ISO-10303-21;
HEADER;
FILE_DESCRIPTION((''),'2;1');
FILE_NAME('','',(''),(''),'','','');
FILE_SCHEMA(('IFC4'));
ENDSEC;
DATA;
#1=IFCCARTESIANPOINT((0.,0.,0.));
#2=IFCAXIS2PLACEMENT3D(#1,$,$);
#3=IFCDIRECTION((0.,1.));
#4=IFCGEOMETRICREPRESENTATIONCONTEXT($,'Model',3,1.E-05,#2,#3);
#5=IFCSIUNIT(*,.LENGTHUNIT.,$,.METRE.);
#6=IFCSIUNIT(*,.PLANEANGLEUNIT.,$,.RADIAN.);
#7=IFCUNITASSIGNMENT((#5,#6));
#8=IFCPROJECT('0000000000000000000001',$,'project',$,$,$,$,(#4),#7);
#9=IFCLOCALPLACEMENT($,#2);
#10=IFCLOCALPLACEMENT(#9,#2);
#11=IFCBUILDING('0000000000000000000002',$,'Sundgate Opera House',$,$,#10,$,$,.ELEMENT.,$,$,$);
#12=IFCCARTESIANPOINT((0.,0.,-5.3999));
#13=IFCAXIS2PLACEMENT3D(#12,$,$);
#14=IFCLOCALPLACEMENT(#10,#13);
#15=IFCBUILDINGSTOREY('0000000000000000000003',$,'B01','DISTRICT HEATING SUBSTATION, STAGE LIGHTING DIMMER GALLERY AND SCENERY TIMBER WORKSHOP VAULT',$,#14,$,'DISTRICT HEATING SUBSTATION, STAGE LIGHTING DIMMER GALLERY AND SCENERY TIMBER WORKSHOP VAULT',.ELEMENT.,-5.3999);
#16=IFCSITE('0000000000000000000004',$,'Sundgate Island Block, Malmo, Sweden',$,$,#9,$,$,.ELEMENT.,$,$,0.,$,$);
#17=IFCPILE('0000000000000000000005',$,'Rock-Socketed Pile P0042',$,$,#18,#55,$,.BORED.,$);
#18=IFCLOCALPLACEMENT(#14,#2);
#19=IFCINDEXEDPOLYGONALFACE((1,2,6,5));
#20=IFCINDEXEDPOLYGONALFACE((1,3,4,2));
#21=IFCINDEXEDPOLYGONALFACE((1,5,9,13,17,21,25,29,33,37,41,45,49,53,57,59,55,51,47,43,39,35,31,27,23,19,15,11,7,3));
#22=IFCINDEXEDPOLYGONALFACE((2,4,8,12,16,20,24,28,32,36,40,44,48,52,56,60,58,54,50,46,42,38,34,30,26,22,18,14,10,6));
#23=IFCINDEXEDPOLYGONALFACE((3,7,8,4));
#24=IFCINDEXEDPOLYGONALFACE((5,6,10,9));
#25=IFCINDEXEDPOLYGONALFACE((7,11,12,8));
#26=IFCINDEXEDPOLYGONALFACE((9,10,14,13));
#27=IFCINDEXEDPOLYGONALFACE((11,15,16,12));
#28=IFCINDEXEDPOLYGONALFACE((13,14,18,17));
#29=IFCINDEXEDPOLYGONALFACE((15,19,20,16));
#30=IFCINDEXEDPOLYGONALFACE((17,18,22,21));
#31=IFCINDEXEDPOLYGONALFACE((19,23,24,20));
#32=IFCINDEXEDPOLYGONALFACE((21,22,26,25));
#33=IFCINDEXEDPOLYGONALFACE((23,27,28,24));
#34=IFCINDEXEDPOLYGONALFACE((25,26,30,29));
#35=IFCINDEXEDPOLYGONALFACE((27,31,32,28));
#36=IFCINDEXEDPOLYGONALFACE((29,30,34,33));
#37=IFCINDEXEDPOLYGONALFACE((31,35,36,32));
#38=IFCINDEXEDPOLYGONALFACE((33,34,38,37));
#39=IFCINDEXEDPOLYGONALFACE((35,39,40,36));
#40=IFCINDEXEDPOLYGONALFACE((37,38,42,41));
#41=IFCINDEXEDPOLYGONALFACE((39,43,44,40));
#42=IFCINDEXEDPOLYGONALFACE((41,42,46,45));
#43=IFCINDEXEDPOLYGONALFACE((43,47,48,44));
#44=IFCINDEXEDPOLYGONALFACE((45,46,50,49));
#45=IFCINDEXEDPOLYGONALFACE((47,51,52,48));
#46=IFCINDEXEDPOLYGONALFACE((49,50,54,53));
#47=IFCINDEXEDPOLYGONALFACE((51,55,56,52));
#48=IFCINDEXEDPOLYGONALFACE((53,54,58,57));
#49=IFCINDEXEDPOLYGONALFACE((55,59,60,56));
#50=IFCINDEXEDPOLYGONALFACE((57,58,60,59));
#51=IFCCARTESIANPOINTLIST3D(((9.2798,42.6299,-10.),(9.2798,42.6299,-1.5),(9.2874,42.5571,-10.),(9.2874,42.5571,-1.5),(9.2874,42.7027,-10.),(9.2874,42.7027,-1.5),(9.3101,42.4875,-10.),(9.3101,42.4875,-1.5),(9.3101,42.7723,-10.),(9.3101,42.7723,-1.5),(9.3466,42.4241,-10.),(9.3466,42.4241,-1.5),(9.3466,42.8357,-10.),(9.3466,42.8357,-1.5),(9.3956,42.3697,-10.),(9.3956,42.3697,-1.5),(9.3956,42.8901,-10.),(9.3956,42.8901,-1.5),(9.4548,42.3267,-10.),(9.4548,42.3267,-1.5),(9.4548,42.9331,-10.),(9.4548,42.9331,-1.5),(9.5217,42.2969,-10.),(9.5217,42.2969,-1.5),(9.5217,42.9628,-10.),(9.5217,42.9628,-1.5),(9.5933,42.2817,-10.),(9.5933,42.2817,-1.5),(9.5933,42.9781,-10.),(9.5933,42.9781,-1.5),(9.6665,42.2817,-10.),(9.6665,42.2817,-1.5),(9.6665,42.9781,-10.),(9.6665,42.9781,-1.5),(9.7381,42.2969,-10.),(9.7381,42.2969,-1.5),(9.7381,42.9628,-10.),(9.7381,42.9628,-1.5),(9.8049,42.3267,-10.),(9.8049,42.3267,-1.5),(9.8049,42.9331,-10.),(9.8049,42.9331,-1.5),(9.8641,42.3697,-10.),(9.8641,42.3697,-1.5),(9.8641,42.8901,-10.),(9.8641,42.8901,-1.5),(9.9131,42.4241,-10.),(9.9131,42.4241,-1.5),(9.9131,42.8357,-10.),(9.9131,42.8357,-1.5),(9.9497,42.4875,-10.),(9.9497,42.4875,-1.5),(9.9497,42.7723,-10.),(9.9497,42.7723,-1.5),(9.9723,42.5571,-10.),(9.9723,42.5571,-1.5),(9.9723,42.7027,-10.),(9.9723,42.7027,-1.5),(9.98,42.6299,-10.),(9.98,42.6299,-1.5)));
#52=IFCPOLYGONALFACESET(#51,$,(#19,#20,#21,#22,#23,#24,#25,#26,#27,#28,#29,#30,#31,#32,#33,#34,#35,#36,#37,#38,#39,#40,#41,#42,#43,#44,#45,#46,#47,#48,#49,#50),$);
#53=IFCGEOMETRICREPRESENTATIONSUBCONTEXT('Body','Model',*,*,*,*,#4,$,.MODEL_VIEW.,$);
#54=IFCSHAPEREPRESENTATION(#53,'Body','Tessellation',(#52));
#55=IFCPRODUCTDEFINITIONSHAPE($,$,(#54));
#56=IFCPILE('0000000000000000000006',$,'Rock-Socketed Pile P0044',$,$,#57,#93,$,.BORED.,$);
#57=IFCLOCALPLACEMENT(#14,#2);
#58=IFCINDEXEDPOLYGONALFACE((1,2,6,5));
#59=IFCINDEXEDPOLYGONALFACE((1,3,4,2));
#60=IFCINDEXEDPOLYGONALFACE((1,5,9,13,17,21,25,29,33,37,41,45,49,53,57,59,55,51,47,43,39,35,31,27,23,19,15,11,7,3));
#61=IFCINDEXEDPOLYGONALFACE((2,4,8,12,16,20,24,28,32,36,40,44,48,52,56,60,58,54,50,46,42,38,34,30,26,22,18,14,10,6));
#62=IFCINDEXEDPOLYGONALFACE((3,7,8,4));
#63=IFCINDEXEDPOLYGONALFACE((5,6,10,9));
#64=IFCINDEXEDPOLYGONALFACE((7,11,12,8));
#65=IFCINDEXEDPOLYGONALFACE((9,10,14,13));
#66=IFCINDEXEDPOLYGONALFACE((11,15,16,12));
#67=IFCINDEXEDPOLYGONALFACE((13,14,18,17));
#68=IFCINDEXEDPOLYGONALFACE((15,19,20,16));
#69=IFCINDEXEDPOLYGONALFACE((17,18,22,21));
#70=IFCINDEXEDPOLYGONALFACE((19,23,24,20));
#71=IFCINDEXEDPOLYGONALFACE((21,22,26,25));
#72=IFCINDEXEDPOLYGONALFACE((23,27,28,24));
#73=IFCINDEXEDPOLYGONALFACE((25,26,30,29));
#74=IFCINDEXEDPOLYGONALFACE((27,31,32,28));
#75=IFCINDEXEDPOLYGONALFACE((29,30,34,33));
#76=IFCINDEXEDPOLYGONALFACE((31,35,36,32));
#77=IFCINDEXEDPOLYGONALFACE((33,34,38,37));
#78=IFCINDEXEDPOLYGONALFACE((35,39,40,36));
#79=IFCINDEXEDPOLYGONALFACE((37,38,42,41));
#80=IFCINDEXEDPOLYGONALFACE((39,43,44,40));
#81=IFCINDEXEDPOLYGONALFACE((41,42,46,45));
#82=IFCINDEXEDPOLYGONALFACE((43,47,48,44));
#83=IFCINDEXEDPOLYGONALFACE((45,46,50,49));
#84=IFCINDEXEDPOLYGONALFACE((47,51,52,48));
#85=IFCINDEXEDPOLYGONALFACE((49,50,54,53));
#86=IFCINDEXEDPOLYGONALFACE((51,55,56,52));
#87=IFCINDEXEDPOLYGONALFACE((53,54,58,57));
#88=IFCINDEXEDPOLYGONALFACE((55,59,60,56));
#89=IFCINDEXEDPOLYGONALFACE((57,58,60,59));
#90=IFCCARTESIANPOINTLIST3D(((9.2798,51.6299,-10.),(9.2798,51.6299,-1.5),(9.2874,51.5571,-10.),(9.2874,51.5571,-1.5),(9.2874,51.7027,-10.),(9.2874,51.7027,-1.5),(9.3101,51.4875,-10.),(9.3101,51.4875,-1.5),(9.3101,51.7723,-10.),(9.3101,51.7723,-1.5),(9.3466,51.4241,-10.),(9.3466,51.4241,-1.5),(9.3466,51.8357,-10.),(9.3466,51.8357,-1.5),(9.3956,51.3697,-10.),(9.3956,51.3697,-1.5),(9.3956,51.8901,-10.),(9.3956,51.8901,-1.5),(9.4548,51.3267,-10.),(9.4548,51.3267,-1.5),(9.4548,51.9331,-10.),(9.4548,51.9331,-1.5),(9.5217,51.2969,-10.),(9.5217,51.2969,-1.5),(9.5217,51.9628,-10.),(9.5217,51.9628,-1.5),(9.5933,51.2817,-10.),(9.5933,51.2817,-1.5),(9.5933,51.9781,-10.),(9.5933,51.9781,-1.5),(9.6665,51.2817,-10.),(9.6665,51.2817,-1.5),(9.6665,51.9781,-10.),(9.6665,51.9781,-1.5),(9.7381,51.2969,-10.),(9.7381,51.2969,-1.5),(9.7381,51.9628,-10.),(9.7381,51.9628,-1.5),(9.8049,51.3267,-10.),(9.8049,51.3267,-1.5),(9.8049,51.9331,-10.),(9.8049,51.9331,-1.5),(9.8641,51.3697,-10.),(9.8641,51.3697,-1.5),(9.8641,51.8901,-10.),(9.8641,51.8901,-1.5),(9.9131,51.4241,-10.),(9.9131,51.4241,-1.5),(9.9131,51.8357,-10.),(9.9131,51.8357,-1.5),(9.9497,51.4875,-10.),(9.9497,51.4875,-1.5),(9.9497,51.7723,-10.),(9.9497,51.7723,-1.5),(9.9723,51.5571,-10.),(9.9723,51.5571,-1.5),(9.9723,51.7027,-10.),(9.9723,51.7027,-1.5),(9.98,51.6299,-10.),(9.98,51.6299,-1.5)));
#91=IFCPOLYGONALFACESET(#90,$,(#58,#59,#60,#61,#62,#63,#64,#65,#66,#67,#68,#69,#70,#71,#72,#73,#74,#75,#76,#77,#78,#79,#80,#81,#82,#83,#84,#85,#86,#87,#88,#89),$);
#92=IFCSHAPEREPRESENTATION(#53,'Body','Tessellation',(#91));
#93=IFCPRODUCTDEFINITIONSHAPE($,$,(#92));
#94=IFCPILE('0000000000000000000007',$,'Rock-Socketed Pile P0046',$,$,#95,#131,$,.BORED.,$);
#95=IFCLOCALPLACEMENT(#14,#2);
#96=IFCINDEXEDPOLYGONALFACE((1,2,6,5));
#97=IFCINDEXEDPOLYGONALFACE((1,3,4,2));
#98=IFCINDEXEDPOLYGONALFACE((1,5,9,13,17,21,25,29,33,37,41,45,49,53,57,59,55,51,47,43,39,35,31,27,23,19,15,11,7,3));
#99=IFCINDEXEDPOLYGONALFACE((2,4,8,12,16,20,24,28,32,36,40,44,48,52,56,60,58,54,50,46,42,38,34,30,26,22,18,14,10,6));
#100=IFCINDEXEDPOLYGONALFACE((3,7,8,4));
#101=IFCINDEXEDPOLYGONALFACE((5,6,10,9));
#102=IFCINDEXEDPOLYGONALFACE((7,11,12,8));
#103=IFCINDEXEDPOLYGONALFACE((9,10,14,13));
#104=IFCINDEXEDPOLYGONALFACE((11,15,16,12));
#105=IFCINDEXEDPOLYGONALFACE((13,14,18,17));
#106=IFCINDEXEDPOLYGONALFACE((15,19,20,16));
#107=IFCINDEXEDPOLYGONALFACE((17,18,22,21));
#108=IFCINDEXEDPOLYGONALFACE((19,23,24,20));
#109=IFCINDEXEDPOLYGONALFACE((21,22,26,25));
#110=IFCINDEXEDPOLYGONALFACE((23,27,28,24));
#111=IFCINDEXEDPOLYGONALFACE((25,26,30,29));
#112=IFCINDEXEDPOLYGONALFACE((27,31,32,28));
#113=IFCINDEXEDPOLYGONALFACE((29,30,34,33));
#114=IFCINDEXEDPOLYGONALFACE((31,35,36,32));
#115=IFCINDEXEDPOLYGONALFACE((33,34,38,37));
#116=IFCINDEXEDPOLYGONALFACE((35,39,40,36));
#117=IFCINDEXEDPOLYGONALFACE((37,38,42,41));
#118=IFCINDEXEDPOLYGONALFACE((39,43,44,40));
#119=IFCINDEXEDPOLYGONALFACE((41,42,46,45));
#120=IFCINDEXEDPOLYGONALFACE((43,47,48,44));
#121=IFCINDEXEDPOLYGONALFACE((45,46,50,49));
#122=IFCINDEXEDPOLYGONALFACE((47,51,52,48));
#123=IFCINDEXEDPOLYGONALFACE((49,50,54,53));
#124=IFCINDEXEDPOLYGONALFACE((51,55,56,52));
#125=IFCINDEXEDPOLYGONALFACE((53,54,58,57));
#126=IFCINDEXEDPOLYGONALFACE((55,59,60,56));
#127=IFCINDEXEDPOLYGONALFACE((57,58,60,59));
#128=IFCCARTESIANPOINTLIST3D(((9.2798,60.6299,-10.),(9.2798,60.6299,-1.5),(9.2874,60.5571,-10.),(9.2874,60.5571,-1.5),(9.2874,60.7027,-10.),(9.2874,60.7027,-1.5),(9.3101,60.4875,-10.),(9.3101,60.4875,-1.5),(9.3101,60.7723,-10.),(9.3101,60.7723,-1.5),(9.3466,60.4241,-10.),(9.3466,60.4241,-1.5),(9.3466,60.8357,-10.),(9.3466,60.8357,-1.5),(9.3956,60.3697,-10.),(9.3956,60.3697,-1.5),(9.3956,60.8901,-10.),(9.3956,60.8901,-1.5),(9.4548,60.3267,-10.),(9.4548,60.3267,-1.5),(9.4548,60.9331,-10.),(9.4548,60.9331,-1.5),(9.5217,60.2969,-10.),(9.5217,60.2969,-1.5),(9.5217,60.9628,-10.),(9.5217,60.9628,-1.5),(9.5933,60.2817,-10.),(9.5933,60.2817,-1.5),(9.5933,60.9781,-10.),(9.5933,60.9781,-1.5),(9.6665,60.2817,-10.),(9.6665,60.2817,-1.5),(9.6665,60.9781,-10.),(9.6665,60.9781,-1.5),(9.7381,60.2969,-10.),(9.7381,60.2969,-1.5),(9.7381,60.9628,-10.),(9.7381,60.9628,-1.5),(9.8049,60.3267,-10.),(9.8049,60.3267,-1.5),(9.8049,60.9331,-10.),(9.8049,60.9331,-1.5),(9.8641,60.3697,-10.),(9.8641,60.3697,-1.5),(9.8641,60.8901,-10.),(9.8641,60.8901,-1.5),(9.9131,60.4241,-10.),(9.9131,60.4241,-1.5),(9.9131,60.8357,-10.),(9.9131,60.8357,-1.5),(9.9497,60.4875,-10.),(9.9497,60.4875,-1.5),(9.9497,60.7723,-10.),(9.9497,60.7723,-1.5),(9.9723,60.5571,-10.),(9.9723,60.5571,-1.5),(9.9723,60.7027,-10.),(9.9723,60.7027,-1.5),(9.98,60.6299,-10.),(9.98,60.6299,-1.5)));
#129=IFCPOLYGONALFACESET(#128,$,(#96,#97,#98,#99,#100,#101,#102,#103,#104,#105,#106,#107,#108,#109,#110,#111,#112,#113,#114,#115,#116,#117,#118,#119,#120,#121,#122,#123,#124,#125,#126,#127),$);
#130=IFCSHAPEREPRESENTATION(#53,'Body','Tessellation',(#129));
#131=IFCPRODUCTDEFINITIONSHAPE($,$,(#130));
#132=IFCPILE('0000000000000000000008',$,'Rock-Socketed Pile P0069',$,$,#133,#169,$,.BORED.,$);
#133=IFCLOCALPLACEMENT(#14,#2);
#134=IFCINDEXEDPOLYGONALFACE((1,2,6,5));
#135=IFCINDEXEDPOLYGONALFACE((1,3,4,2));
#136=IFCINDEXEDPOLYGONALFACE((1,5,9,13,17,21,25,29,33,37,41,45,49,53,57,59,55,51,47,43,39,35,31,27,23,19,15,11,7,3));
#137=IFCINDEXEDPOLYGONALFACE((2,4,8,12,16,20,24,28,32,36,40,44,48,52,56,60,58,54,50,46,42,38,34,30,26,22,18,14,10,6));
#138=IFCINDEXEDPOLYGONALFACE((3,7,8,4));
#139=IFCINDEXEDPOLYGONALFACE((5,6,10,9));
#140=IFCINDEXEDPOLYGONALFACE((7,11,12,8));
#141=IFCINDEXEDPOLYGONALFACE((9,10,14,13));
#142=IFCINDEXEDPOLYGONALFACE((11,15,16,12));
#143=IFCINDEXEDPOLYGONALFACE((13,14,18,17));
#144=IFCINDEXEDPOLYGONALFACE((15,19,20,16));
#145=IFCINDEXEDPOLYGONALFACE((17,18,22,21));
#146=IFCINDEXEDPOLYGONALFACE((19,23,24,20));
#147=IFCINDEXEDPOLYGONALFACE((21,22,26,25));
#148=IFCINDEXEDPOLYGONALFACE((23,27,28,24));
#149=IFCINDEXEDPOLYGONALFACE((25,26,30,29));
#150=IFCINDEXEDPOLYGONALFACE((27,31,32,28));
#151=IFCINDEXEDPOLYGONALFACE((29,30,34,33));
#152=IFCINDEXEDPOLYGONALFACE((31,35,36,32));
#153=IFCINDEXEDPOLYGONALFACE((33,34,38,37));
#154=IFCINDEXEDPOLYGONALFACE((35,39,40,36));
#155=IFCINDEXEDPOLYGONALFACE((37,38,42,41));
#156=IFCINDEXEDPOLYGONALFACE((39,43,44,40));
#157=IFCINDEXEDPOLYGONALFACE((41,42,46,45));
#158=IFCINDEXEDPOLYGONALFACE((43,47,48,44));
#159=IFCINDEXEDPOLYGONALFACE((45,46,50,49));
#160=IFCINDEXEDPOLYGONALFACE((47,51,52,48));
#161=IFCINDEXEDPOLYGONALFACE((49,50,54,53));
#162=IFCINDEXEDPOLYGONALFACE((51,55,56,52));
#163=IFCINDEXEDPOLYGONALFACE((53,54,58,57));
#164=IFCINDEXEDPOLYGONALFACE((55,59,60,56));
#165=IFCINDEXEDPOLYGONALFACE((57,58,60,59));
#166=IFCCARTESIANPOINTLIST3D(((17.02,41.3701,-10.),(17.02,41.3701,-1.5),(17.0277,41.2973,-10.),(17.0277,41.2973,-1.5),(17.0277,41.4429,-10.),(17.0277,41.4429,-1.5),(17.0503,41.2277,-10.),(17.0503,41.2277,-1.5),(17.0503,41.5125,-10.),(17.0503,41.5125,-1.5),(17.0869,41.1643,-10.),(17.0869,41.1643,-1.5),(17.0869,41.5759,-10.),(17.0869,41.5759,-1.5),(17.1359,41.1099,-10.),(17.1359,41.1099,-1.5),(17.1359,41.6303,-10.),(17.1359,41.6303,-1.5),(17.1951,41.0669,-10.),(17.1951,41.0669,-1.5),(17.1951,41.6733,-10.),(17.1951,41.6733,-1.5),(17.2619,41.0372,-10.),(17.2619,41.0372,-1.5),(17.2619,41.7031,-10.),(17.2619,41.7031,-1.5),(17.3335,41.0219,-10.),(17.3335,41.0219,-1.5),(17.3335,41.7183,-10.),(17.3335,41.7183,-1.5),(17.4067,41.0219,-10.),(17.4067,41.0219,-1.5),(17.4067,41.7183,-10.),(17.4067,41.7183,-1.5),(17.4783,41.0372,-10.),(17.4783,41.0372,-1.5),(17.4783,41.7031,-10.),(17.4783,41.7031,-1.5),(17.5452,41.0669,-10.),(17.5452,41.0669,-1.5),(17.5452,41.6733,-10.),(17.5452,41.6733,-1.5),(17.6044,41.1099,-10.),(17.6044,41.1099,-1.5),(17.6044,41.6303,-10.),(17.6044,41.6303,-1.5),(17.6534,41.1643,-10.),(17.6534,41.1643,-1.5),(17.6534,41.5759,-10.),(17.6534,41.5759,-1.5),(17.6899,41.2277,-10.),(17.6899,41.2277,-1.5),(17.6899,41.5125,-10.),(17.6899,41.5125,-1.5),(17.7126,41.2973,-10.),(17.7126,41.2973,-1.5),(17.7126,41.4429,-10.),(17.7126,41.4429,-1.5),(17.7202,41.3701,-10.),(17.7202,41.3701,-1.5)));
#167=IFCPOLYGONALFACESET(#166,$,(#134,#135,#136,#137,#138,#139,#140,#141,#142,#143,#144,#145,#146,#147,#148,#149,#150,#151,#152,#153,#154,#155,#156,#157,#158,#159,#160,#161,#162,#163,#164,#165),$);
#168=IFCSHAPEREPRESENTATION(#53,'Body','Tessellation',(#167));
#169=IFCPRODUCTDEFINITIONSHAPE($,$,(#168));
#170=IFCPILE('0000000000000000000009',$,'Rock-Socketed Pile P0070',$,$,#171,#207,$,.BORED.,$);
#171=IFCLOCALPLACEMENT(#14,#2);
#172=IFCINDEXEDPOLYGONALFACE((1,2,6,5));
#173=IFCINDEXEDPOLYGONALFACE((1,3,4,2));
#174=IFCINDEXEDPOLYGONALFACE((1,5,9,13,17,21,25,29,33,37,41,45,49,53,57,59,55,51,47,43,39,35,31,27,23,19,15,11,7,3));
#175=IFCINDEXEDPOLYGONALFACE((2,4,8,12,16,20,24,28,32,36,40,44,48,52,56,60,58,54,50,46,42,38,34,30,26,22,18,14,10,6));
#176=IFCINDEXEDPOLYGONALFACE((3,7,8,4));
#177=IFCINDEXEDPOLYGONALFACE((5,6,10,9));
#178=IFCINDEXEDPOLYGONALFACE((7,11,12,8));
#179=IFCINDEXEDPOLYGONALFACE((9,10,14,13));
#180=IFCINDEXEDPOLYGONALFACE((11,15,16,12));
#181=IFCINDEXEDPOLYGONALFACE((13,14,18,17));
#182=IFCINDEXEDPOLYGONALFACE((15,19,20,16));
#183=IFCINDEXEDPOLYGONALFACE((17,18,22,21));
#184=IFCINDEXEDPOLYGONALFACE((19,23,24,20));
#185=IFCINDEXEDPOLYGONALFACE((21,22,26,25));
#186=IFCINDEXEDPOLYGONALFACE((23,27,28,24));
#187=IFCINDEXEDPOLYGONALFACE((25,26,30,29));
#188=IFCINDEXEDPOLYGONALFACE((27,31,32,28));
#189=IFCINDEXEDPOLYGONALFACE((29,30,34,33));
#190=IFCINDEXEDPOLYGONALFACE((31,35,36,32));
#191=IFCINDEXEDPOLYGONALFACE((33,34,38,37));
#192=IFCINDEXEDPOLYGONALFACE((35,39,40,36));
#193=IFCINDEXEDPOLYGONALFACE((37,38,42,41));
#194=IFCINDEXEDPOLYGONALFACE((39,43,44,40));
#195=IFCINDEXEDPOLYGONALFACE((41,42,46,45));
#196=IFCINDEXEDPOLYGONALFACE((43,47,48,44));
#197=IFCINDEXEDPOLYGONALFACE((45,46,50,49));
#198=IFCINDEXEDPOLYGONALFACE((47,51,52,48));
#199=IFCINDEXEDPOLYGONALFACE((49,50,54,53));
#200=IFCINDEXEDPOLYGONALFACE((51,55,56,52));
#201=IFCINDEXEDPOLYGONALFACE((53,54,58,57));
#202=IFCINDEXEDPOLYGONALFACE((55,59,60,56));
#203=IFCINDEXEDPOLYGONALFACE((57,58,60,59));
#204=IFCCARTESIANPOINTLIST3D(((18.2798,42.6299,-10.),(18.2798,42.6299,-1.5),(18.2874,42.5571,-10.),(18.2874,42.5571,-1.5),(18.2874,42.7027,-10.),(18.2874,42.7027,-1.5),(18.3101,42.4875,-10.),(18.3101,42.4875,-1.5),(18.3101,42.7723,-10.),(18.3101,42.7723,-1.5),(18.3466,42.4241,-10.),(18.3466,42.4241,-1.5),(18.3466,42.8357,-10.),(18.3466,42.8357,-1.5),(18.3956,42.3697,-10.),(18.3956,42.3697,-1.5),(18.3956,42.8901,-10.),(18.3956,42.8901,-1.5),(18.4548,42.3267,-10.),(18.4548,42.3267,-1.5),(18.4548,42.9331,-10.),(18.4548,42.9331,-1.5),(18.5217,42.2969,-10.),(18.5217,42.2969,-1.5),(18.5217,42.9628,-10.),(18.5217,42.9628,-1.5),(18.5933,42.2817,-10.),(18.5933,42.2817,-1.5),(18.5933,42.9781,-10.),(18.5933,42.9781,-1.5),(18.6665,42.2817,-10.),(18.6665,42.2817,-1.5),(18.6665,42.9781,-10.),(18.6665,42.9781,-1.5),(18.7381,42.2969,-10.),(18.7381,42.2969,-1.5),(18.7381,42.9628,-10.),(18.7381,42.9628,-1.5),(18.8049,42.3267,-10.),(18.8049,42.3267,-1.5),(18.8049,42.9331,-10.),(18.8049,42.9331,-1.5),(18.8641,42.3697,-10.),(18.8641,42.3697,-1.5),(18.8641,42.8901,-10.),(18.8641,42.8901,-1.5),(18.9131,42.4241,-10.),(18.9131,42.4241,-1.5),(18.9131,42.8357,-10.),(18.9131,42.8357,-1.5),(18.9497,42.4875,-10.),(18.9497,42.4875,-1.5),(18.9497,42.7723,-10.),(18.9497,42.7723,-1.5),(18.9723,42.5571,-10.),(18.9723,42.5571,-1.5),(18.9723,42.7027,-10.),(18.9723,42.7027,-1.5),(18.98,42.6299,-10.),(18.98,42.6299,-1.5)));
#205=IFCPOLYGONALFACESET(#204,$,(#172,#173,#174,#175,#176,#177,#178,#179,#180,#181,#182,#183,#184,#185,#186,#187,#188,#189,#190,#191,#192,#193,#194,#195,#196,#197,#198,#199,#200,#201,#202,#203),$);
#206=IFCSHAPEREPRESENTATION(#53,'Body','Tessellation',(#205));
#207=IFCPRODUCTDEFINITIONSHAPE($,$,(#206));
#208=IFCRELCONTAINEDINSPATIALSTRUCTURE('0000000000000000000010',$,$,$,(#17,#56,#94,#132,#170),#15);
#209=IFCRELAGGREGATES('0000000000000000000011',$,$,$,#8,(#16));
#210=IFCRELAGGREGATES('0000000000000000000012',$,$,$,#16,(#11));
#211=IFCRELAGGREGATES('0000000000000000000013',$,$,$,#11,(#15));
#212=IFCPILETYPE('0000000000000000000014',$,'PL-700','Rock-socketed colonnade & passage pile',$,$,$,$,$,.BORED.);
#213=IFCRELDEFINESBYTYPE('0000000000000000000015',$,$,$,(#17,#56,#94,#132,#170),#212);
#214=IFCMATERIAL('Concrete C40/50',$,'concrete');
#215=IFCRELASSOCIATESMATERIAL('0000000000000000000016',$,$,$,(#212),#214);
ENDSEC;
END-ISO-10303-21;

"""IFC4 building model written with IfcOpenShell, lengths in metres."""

from ifc_helpers import new_model, si_unit, direction, frame, origin, origin_2d, place, context, subcontext, project, spatial, circle, extrude, material, material_profile, profile_set, type_object, element, save


model = new_model("IFC4")

# Units and contexts
model_context = context("Model", 3, precision=1e-05, world=origin(), true_north=direction((0.0, 1.0)))
body_context = subcontext(model_context, "Body", "Model", "MODEL_VIEW")
ifc_project = project(units=[si_unit("LENGTHUNIT", "METRE"), si_unit("PLANEANGLEUNIT", "RADIAN")], contexts=[model_context])

# Site, building, storey
site_placement = place(None, origin())
site = spatial("IfcSite", under=ifc_project, at=site_placement, Name="Sundgate Island Block, Malmo, Sweden", CompositionType="ELEMENT", RefElevation=0.0)
building_placement = place(site_placement, origin())
building = spatial("IfcBuilding", under=site, at=building_placement, Name="Sundgate Opera House", CompositionType="ELEMENT")
storey_placement = place(building_placement, frame((0.0, 0.0, -5.3999)))
storey = spatial("IfcBuildingStorey", under=building, at=storey_placement, Name="B01", Description="DISTRICT HEATING SUBSTATION, STAGE LIGHTING DIMMER GALLERY AND SCENERY TIMBER WORKSHOP VAULT", LongName="DISTRICT HEATING SUBSTATION, STAGE LIGHTING DIMMER GALLERY AND SCENERY TIMBER WORKSHOP VAULT", CompositionType="ELEMENT", Elevation=-5.3999)

# Piles
ifc_material_1 = material(Name="Concrete C40/50", Category="concrete")
ifc_material_profile_1 = material_profile(ifc_material_1, circle(Radius=0.3501, at=origin_2d()), Name="PILE D700")
ifc_profile_set_1 = profile_set([ifc_material_profile_1], Name="Concrete C40/50")
pile_type_1 = type_object("IfcPileType", Name="PL-700", Description="Rock-socketed colonnade & passage pile", PredefinedType="BORED", material=ifc_profile_set_1)
for number, where, z_axis, x_axis, name in (
    (1, (9.6299, 42.6299, -1.5), (0.0, 0.0, -1.0), (1.0, 0.0, 0.0), "Rock-Socketed Pile P0042"),
    (2, (9.6299, 51.6299, -1.5), (0.0, 0.0, -1.0), (1.0, 0.0, 0.0), "Rock-Socketed Pile P0044"),
    (3, (9.6299, 60.6299, -1.5), (0.0, 0.0, -1.0), (1.0, 0.0, 0.0), "Rock-Socketed Pile P0046"),
    (4, (17.3701, 41.3701, -1.5), (0.0, 0.0, -1.0), (1.0, 0.0, 0.0), "Rock-Socketed Pile P0069"),
    (5, (18.6299, 42.6299, -1.5), (0.0, 0.0, -1.0), (1.0, 0.0, 0.0), "Rock-Socketed Pile P0070"),
):
    element("IfcPile", number, at=place(storey_placement, frame(where, z_axis=z_axis, x_axis=x_axis)), inside=storey, type_object=pile_type_1, Name=name, PredefinedType="BORED", context=body_context, shape_type="SweptSolid", body=[
        extrude(circle(Radius=0.3501, at=origin_2d()), origin(), (0.0, 0.0, 1.0), 8.5),
    ])

save(model, "model.ifc")
